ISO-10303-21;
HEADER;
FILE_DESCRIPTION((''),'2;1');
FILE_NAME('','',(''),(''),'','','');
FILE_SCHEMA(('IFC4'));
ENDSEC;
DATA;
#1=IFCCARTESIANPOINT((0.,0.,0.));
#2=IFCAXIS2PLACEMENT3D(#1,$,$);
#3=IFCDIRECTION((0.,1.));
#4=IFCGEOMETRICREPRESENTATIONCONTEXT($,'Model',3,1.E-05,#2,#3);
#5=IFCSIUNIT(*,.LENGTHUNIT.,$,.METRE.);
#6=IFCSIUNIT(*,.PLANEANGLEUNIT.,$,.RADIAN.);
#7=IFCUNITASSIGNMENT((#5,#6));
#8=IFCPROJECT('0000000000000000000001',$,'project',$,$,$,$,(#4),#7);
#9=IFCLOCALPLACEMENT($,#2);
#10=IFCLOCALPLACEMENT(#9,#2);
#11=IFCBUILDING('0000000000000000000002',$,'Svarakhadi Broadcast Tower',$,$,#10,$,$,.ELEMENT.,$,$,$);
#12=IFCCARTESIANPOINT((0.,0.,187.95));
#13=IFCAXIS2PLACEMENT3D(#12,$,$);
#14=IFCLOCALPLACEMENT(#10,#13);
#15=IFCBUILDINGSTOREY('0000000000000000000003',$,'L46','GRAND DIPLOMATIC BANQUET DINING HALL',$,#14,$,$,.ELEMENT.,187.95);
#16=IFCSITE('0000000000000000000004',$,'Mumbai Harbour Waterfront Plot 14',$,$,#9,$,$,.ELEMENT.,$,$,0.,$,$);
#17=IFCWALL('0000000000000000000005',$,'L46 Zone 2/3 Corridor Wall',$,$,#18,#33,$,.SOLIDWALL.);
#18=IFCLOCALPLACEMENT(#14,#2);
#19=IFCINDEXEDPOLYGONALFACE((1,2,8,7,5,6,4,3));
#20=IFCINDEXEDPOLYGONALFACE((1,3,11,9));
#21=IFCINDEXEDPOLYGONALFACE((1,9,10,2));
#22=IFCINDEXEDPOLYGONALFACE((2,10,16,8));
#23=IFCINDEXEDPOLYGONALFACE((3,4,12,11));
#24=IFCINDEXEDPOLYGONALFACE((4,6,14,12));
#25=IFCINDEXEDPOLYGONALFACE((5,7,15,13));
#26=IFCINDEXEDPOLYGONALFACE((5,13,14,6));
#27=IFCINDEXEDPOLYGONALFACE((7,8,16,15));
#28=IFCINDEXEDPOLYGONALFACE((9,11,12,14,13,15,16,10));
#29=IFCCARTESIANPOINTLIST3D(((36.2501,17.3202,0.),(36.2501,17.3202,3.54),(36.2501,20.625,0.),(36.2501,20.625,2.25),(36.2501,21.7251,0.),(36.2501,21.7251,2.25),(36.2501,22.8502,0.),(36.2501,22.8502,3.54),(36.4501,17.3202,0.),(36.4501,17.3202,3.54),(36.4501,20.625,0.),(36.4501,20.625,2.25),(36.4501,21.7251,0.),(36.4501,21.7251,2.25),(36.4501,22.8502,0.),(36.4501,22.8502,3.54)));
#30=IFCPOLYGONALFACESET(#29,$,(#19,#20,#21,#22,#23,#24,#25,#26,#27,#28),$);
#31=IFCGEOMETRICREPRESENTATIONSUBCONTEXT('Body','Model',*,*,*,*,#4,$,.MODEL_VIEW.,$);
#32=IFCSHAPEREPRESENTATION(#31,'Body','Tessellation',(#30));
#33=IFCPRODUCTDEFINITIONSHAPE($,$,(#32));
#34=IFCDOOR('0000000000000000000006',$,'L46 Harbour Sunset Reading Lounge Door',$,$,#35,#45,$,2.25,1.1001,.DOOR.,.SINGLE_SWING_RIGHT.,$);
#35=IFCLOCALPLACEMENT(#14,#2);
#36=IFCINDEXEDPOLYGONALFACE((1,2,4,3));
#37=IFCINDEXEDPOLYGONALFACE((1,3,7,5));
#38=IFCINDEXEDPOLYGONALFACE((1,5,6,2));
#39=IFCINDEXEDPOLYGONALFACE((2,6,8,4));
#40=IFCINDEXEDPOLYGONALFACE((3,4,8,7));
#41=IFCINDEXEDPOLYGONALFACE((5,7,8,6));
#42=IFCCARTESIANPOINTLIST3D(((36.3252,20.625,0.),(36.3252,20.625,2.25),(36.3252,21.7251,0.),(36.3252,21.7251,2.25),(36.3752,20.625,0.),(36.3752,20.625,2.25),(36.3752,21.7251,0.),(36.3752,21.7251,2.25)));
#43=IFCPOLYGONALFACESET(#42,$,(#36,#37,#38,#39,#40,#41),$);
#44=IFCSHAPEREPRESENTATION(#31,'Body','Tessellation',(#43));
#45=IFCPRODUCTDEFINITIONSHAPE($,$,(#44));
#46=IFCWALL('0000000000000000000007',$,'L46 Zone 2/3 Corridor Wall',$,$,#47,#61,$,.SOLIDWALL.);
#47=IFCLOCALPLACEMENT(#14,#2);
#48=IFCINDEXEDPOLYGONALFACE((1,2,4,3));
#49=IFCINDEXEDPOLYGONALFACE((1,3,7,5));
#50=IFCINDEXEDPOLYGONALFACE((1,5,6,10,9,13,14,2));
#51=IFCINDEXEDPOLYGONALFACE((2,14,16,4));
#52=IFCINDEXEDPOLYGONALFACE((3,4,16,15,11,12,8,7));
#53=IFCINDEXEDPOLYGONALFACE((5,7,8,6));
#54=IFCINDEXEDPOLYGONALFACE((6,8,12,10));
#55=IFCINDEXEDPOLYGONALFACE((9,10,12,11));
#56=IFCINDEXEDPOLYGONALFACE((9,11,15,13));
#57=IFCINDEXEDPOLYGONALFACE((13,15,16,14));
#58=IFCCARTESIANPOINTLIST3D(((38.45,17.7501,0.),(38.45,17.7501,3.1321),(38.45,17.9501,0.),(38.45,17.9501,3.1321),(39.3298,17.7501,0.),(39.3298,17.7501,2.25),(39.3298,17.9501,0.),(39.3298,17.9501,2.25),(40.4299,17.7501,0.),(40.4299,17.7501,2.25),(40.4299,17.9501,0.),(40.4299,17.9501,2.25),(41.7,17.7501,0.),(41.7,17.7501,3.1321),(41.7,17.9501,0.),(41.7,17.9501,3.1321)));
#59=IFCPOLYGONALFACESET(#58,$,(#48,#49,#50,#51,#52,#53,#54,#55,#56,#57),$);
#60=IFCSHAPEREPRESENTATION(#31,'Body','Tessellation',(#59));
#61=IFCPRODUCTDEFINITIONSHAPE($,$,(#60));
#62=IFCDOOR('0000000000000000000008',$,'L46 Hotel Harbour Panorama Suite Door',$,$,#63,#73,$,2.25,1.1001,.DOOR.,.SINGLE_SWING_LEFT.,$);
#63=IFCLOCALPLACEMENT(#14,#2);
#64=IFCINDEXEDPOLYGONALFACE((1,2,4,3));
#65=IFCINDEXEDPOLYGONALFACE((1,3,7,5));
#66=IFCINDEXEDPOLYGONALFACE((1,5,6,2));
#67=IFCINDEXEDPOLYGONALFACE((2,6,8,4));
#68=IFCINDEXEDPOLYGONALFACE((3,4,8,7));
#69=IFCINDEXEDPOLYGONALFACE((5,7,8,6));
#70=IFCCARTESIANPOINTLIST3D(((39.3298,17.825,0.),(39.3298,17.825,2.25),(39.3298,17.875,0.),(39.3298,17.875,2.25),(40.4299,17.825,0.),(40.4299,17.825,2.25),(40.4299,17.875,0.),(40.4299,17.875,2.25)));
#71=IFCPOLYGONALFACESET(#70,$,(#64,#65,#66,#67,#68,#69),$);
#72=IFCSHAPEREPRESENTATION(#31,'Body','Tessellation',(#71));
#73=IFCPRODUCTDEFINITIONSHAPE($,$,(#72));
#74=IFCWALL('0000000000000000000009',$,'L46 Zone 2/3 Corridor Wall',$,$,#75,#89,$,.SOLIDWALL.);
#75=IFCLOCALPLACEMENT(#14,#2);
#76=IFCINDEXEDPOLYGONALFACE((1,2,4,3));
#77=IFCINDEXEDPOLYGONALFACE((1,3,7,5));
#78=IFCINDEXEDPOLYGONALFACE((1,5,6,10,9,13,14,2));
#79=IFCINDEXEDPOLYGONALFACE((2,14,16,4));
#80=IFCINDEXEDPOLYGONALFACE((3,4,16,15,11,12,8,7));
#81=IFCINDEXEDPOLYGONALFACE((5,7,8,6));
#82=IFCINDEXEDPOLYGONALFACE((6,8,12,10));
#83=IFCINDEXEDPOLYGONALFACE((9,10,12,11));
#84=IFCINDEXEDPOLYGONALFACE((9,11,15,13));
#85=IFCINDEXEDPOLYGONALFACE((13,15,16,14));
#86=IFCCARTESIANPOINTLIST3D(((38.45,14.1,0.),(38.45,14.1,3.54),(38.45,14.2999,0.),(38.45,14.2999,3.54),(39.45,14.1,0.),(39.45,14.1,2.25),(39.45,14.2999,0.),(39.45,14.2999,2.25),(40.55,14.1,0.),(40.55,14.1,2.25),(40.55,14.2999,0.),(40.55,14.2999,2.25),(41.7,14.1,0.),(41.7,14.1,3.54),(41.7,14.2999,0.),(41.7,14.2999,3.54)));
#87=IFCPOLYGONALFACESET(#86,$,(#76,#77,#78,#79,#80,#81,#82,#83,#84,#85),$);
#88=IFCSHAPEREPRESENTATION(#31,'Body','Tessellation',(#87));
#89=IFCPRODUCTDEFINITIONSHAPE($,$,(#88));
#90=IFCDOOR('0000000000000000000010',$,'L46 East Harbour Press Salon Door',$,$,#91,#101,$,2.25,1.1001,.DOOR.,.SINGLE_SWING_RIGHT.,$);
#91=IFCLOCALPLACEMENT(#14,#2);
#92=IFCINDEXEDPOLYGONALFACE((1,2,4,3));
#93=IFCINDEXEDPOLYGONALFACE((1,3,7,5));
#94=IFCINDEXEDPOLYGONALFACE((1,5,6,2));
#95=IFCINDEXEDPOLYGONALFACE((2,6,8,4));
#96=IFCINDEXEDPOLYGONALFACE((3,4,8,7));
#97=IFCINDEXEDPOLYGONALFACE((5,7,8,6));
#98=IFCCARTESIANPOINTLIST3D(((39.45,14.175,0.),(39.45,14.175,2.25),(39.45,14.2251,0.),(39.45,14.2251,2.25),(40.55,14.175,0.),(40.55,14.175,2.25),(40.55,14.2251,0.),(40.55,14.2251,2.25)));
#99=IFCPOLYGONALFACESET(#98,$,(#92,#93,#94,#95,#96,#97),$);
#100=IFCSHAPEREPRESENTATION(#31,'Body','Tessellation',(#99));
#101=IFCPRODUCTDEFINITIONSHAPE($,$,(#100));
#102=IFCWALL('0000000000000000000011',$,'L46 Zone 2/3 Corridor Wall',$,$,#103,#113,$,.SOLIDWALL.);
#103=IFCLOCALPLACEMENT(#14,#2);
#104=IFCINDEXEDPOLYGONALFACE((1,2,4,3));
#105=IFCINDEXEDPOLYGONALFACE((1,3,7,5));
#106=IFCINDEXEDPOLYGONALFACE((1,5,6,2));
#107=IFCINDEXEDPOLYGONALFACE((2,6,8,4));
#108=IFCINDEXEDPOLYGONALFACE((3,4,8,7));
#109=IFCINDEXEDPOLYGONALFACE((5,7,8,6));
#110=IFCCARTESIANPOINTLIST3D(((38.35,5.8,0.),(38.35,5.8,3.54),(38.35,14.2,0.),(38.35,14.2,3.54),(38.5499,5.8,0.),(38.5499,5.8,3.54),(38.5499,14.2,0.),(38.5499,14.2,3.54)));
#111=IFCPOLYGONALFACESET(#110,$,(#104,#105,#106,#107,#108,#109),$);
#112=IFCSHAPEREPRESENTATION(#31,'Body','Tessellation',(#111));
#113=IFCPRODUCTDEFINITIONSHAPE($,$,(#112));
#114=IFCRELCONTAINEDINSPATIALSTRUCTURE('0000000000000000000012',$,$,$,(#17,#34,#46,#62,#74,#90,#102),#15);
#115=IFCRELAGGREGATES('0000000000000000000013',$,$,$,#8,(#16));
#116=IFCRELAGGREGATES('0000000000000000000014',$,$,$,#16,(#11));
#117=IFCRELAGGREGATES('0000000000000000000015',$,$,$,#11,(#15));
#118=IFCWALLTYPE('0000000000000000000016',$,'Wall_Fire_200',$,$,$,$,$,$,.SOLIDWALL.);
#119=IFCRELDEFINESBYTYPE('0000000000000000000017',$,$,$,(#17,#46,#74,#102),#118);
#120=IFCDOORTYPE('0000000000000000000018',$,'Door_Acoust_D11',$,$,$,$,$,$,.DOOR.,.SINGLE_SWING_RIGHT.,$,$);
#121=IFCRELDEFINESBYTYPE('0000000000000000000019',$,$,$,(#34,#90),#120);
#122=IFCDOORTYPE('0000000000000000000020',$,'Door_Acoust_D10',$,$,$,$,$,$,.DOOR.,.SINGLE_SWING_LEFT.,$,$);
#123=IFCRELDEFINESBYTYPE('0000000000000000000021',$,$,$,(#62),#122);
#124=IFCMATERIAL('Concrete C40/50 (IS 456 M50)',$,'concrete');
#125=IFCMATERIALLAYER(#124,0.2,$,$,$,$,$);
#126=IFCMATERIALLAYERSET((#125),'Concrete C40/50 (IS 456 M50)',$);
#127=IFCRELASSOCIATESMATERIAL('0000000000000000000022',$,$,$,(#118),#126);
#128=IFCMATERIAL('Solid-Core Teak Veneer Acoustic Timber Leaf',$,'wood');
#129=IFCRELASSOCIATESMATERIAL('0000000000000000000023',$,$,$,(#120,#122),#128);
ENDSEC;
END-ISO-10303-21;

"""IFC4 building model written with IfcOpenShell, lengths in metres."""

from ifc_helpers import new_model, si_unit, direction, frame, frame_2d, origin, place, context, subcontext, project, spatial, rectangle, extrude, material, layer, layer_set, type_object, element, fill, save


model = new_model("IFC4")

# Units and contexts
model_context = context("Model", 3, precision=1e-05, world=origin(), true_north=direction((0.0, 1.0)))
body_context = subcontext(model_context, "Body", "Model", "MODEL_VIEW")
ifc_project = project(units=[si_unit("LENGTHUNIT", "METRE"), si_unit("PLANEANGLEUNIT", "RADIAN")], contexts=[model_context])

# Site, building, storey
site_placement = place(None, origin())
site = spatial("IfcSite", under=ifc_project, at=site_placement, Name="Mumbai Harbour Waterfront Plot 14", CompositionType="ELEMENT", RefElevation=0.0)
building_placement = place(site_placement, origin())
building = spatial("IfcBuilding", under=site, at=building_placement, Name="Svarakhadi Broadcast Tower", CompositionType="ELEMENT")
storey_placement = place(building_placement, frame((0.0, 0.0, 187.95)))
storey = spatial("IfcBuildingStorey", under=building, at=storey_placement, Name="L46", Description="GRAND DIPLOMATIC BANQUET DINING HALL", CompositionType="ELEMENT", Elevation=187.95)

# Shared definitions
ifc_material_1 = material(Name="Concrete C40/50 (IS 456 M50)", Category="concrete")
ifc_layer_1 = layer(ifc_material_1, 0.2)
ifc_layer_set_1 = layer_set([ifc_layer_1], Name="Concrete C40/50 (IS 456 M50)")
wall_type_1 = type_object("IfcWallType", Name="Wall_Fire_200", PredefinedType="SOLIDWALL", material=ifc_layer_set_1)

# Walls, openings, doors
wall_1_placement = place(storey_placement, frame((36.3501, 17.3201, 0.0), z_axis=(0.0, 0.0, 1.0), x_axis=(0.0, 1.0, 0.0)))
wall_1 = element("IfcWall", 1, at=wall_1_placement, inside=storey, type_object=wall_type_1, Name="L46 Zone 2/3 Corridor Wall", PredefinedType="SOLIDWALL", context=body_context, shape_type="SweptSolid", body=[
    extrude(rectangle(XDim=5.53, YDim=0.2, at=frame_2d((2.7651, 0.0))), origin(), (0.0, 0.0, 1.0), 3.54),
])
opening_1_placement = place(wall_1_placement, frame((3.3049, 0.0, 0.0)))
opening_1 = element("IfcOpeningElement", 2, at=opening_1_placement, cuts=wall_1, PredefinedType="OPENING", context=body_context, shape_type="SweptSolid", body=[
    extrude(rectangle(XDim=1.1001, YDim=2.25, at=frame_2d((0.55, 1.125))), frame((0.0, 0.1099, 0.0), z_axis=(0.0, -1.0, 0.0), x_axis=(1.0, 0.0, 0.0)), (0.0, 0.0, 1.0), 0.22),
])
ifc_material_2 = material(Name="Solid-Core Teak Veneer Acoustic Timber Leaf", Category="wood")
door_type_1 = type_object("IfcDoorType", Name="Door_Acoust_D11", OperationType="SINGLE_SWING_RIGHT", PredefinedType="DOOR", material=ifc_material_2)
door_1_placement = place(opening_1_placement, origin())
door_1 = element("IfcDoor", 3, at=door_1_placement, inside=storey, type_object=door_type_1, Name="L46 Harbour Sunset Reading Lounge Door", OperationType="SINGLE_SWING_RIGHT", OverallHeight=2.25, OverallWidth=1.1001, PredefinedType="DOOR", context=body_context, shape_type="SweptSolid", body=[
    extrude(rectangle(XDim=1.1001, YDim=2.25, at=frame_2d((0.55, 1.125))), frame((0.0, 0.0249, 0.0), z_axis=(0.0, -1.0, 0.0), x_axis=(1.0, 0.0, 0.0)), (0.0, 0.0, 1.0), 0.05),
])
fill(opening_1, door_1)
wall_2_placement = place(storey_placement, frame((38.45, 17.8501, 0.0), z_axis=(0.0, 0.0, 1.0), x_axis=(1.0, 0.0, 0.0)))
wall_2 = element("IfcWall", 4, at=wall_2_placement, inside=storey, type_object=wall_type_1, Name="L46 Zone 2/3 Corridor Wall", PredefinedType="SOLIDWALL", context=body_context, shape_type="SweptSolid", body=[
    extrude(rectangle(XDim=3.25, YDim=0.2, at=frame_2d((1.625, 0.0))), origin(), (0.0, 0.0, 1.0), 3.1321),
])
opening_2_placement = place(wall_2_placement, frame((0.8799, 0.0, 0.0)))
opening_2 = element("IfcOpeningElement", 5, at=opening_2_placement, cuts=wall_2, PredefinedType="OPENING", context=body_context, shape_type="SweptSolid", body=[
    extrude(rectangle(XDim=1.1001, YDim=2.25, at=frame_2d((0.55, 1.125))), frame((0.0, 0.1099, 0.0), z_axis=(0.0, -1.0, 0.0), x_axis=(1.0, 0.0, 0.0)), (0.0, 0.0, 1.0), 0.22),
])
door_type_2 = type_object("IfcDoorType", Name="Door_Acoust_D10", OperationType="SINGLE_SWING_LEFT", PredefinedType="DOOR", material=ifc_material_2)
door_2_placement = place(opening_2_placement, origin())
door_2 = element("IfcDoor", 6, at=door_2_placement, inside=storey, type_object=door_type_2, Name="L46 Hotel Harbour Panorama Suite Door", OperationType="SINGLE_SWING_LEFT", OverallHeight=2.25, OverallWidth=1.1001, PredefinedType="DOOR", context=body_context, shape_type="SweptSolid", body=[
    extrude(rectangle(XDim=1.1001, YDim=2.25, at=frame_2d((0.55, 1.125))), frame((0.0, 0.0249, 0.0), z_axis=(0.0, -1.0, 0.0), x_axis=(1.0, 0.0, 0.0)), (0.0, 0.0, 1.0), 0.05),
])
fill(opening_2, door_2)
wall_3_placement = place(storey_placement, frame((41.7, 14.2, 0.0), z_axis=(0.0, 0.0, 1.0), x_axis=(-1.0, 0.0, 0.0)))
wall_3 = element("IfcWall", 7, at=wall_3_placement, inside=storey, type_object=wall_type_1, Name="L46 Zone 2/3 Corridor Wall", PredefinedType="SOLIDWALL", context=body_context, shape_type="SweptSolid", body=[
    extrude(rectangle(XDim=3.25, YDim=0.2, at=frame_2d((1.625, 0.0))), origin(), (0.0, 0.0, 1.0), 3.54),
])
opening_3_placement = place(wall_3_placement, frame((1.1499, 0.0, 0.0)))
opening_3 = element("IfcOpeningElement", 8, at=opening_3_placement, cuts=wall_3, PredefinedType="OPENING", context=body_context, shape_type="SweptSolid", body=[
    extrude(rectangle(XDim=1.1001, YDim=2.25, at=frame_2d((0.55, 1.125))), frame((0.0, 0.1099, 0.0), z_axis=(0.0, -1.0, 0.0), x_axis=(1.0, 0.0, 0.0)), (0.0, 0.0, 1.0), 0.22),
])
door_3_placement = place(opening_3_placement, origin())
door_3 = element("IfcDoor", 9, at=door_3_placement, inside=storey, type_object=door_type_1, Name="L46 East Harbour Press Salon Door", OperationType="SINGLE_SWING_RIGHT", OverallHeight=2.25, OverallWidth=1.1001, PredefinedType="DOOR", context=body_context, shape_type="SweptSolid", body=[
    extrude(rectangle(XDim=1.1001, YDim=2.25, at=frame_2d((0.55, 1.125))), frame((0.0, 0.0249, 0.0), z_axis=(0.0, -1.0, 0.0), x_axis=(1.0, 0.0, 0.0)), (0.0, 0.0, 1.0), 0.05),
])
fill(opening_3, door_3)

# Wall
wall_4_placement = place(storey_placement, frame((38.45, 14.2, 0.0), z_axis=(0.0, 0.0, 1.0), x_axis=(0.0, -1.0, 0.0)))
element("IfcWall", 10, at=wall_4_placement, inside=storey, type_object=wall_type_1, Name="L46 Zone 2/3 Corridor Wall", PredefinedType="SOLIDWALL", context=body_context, shape_type="SweptSolid", body=[
    extrude(rectangle(XDim=8.3999, YDim=0.2, at=frame_2d((4.2, 0.0))), origin(), (0.0, 0.0, 1.0), 3.54),
])

save(model, "model.ifc")
